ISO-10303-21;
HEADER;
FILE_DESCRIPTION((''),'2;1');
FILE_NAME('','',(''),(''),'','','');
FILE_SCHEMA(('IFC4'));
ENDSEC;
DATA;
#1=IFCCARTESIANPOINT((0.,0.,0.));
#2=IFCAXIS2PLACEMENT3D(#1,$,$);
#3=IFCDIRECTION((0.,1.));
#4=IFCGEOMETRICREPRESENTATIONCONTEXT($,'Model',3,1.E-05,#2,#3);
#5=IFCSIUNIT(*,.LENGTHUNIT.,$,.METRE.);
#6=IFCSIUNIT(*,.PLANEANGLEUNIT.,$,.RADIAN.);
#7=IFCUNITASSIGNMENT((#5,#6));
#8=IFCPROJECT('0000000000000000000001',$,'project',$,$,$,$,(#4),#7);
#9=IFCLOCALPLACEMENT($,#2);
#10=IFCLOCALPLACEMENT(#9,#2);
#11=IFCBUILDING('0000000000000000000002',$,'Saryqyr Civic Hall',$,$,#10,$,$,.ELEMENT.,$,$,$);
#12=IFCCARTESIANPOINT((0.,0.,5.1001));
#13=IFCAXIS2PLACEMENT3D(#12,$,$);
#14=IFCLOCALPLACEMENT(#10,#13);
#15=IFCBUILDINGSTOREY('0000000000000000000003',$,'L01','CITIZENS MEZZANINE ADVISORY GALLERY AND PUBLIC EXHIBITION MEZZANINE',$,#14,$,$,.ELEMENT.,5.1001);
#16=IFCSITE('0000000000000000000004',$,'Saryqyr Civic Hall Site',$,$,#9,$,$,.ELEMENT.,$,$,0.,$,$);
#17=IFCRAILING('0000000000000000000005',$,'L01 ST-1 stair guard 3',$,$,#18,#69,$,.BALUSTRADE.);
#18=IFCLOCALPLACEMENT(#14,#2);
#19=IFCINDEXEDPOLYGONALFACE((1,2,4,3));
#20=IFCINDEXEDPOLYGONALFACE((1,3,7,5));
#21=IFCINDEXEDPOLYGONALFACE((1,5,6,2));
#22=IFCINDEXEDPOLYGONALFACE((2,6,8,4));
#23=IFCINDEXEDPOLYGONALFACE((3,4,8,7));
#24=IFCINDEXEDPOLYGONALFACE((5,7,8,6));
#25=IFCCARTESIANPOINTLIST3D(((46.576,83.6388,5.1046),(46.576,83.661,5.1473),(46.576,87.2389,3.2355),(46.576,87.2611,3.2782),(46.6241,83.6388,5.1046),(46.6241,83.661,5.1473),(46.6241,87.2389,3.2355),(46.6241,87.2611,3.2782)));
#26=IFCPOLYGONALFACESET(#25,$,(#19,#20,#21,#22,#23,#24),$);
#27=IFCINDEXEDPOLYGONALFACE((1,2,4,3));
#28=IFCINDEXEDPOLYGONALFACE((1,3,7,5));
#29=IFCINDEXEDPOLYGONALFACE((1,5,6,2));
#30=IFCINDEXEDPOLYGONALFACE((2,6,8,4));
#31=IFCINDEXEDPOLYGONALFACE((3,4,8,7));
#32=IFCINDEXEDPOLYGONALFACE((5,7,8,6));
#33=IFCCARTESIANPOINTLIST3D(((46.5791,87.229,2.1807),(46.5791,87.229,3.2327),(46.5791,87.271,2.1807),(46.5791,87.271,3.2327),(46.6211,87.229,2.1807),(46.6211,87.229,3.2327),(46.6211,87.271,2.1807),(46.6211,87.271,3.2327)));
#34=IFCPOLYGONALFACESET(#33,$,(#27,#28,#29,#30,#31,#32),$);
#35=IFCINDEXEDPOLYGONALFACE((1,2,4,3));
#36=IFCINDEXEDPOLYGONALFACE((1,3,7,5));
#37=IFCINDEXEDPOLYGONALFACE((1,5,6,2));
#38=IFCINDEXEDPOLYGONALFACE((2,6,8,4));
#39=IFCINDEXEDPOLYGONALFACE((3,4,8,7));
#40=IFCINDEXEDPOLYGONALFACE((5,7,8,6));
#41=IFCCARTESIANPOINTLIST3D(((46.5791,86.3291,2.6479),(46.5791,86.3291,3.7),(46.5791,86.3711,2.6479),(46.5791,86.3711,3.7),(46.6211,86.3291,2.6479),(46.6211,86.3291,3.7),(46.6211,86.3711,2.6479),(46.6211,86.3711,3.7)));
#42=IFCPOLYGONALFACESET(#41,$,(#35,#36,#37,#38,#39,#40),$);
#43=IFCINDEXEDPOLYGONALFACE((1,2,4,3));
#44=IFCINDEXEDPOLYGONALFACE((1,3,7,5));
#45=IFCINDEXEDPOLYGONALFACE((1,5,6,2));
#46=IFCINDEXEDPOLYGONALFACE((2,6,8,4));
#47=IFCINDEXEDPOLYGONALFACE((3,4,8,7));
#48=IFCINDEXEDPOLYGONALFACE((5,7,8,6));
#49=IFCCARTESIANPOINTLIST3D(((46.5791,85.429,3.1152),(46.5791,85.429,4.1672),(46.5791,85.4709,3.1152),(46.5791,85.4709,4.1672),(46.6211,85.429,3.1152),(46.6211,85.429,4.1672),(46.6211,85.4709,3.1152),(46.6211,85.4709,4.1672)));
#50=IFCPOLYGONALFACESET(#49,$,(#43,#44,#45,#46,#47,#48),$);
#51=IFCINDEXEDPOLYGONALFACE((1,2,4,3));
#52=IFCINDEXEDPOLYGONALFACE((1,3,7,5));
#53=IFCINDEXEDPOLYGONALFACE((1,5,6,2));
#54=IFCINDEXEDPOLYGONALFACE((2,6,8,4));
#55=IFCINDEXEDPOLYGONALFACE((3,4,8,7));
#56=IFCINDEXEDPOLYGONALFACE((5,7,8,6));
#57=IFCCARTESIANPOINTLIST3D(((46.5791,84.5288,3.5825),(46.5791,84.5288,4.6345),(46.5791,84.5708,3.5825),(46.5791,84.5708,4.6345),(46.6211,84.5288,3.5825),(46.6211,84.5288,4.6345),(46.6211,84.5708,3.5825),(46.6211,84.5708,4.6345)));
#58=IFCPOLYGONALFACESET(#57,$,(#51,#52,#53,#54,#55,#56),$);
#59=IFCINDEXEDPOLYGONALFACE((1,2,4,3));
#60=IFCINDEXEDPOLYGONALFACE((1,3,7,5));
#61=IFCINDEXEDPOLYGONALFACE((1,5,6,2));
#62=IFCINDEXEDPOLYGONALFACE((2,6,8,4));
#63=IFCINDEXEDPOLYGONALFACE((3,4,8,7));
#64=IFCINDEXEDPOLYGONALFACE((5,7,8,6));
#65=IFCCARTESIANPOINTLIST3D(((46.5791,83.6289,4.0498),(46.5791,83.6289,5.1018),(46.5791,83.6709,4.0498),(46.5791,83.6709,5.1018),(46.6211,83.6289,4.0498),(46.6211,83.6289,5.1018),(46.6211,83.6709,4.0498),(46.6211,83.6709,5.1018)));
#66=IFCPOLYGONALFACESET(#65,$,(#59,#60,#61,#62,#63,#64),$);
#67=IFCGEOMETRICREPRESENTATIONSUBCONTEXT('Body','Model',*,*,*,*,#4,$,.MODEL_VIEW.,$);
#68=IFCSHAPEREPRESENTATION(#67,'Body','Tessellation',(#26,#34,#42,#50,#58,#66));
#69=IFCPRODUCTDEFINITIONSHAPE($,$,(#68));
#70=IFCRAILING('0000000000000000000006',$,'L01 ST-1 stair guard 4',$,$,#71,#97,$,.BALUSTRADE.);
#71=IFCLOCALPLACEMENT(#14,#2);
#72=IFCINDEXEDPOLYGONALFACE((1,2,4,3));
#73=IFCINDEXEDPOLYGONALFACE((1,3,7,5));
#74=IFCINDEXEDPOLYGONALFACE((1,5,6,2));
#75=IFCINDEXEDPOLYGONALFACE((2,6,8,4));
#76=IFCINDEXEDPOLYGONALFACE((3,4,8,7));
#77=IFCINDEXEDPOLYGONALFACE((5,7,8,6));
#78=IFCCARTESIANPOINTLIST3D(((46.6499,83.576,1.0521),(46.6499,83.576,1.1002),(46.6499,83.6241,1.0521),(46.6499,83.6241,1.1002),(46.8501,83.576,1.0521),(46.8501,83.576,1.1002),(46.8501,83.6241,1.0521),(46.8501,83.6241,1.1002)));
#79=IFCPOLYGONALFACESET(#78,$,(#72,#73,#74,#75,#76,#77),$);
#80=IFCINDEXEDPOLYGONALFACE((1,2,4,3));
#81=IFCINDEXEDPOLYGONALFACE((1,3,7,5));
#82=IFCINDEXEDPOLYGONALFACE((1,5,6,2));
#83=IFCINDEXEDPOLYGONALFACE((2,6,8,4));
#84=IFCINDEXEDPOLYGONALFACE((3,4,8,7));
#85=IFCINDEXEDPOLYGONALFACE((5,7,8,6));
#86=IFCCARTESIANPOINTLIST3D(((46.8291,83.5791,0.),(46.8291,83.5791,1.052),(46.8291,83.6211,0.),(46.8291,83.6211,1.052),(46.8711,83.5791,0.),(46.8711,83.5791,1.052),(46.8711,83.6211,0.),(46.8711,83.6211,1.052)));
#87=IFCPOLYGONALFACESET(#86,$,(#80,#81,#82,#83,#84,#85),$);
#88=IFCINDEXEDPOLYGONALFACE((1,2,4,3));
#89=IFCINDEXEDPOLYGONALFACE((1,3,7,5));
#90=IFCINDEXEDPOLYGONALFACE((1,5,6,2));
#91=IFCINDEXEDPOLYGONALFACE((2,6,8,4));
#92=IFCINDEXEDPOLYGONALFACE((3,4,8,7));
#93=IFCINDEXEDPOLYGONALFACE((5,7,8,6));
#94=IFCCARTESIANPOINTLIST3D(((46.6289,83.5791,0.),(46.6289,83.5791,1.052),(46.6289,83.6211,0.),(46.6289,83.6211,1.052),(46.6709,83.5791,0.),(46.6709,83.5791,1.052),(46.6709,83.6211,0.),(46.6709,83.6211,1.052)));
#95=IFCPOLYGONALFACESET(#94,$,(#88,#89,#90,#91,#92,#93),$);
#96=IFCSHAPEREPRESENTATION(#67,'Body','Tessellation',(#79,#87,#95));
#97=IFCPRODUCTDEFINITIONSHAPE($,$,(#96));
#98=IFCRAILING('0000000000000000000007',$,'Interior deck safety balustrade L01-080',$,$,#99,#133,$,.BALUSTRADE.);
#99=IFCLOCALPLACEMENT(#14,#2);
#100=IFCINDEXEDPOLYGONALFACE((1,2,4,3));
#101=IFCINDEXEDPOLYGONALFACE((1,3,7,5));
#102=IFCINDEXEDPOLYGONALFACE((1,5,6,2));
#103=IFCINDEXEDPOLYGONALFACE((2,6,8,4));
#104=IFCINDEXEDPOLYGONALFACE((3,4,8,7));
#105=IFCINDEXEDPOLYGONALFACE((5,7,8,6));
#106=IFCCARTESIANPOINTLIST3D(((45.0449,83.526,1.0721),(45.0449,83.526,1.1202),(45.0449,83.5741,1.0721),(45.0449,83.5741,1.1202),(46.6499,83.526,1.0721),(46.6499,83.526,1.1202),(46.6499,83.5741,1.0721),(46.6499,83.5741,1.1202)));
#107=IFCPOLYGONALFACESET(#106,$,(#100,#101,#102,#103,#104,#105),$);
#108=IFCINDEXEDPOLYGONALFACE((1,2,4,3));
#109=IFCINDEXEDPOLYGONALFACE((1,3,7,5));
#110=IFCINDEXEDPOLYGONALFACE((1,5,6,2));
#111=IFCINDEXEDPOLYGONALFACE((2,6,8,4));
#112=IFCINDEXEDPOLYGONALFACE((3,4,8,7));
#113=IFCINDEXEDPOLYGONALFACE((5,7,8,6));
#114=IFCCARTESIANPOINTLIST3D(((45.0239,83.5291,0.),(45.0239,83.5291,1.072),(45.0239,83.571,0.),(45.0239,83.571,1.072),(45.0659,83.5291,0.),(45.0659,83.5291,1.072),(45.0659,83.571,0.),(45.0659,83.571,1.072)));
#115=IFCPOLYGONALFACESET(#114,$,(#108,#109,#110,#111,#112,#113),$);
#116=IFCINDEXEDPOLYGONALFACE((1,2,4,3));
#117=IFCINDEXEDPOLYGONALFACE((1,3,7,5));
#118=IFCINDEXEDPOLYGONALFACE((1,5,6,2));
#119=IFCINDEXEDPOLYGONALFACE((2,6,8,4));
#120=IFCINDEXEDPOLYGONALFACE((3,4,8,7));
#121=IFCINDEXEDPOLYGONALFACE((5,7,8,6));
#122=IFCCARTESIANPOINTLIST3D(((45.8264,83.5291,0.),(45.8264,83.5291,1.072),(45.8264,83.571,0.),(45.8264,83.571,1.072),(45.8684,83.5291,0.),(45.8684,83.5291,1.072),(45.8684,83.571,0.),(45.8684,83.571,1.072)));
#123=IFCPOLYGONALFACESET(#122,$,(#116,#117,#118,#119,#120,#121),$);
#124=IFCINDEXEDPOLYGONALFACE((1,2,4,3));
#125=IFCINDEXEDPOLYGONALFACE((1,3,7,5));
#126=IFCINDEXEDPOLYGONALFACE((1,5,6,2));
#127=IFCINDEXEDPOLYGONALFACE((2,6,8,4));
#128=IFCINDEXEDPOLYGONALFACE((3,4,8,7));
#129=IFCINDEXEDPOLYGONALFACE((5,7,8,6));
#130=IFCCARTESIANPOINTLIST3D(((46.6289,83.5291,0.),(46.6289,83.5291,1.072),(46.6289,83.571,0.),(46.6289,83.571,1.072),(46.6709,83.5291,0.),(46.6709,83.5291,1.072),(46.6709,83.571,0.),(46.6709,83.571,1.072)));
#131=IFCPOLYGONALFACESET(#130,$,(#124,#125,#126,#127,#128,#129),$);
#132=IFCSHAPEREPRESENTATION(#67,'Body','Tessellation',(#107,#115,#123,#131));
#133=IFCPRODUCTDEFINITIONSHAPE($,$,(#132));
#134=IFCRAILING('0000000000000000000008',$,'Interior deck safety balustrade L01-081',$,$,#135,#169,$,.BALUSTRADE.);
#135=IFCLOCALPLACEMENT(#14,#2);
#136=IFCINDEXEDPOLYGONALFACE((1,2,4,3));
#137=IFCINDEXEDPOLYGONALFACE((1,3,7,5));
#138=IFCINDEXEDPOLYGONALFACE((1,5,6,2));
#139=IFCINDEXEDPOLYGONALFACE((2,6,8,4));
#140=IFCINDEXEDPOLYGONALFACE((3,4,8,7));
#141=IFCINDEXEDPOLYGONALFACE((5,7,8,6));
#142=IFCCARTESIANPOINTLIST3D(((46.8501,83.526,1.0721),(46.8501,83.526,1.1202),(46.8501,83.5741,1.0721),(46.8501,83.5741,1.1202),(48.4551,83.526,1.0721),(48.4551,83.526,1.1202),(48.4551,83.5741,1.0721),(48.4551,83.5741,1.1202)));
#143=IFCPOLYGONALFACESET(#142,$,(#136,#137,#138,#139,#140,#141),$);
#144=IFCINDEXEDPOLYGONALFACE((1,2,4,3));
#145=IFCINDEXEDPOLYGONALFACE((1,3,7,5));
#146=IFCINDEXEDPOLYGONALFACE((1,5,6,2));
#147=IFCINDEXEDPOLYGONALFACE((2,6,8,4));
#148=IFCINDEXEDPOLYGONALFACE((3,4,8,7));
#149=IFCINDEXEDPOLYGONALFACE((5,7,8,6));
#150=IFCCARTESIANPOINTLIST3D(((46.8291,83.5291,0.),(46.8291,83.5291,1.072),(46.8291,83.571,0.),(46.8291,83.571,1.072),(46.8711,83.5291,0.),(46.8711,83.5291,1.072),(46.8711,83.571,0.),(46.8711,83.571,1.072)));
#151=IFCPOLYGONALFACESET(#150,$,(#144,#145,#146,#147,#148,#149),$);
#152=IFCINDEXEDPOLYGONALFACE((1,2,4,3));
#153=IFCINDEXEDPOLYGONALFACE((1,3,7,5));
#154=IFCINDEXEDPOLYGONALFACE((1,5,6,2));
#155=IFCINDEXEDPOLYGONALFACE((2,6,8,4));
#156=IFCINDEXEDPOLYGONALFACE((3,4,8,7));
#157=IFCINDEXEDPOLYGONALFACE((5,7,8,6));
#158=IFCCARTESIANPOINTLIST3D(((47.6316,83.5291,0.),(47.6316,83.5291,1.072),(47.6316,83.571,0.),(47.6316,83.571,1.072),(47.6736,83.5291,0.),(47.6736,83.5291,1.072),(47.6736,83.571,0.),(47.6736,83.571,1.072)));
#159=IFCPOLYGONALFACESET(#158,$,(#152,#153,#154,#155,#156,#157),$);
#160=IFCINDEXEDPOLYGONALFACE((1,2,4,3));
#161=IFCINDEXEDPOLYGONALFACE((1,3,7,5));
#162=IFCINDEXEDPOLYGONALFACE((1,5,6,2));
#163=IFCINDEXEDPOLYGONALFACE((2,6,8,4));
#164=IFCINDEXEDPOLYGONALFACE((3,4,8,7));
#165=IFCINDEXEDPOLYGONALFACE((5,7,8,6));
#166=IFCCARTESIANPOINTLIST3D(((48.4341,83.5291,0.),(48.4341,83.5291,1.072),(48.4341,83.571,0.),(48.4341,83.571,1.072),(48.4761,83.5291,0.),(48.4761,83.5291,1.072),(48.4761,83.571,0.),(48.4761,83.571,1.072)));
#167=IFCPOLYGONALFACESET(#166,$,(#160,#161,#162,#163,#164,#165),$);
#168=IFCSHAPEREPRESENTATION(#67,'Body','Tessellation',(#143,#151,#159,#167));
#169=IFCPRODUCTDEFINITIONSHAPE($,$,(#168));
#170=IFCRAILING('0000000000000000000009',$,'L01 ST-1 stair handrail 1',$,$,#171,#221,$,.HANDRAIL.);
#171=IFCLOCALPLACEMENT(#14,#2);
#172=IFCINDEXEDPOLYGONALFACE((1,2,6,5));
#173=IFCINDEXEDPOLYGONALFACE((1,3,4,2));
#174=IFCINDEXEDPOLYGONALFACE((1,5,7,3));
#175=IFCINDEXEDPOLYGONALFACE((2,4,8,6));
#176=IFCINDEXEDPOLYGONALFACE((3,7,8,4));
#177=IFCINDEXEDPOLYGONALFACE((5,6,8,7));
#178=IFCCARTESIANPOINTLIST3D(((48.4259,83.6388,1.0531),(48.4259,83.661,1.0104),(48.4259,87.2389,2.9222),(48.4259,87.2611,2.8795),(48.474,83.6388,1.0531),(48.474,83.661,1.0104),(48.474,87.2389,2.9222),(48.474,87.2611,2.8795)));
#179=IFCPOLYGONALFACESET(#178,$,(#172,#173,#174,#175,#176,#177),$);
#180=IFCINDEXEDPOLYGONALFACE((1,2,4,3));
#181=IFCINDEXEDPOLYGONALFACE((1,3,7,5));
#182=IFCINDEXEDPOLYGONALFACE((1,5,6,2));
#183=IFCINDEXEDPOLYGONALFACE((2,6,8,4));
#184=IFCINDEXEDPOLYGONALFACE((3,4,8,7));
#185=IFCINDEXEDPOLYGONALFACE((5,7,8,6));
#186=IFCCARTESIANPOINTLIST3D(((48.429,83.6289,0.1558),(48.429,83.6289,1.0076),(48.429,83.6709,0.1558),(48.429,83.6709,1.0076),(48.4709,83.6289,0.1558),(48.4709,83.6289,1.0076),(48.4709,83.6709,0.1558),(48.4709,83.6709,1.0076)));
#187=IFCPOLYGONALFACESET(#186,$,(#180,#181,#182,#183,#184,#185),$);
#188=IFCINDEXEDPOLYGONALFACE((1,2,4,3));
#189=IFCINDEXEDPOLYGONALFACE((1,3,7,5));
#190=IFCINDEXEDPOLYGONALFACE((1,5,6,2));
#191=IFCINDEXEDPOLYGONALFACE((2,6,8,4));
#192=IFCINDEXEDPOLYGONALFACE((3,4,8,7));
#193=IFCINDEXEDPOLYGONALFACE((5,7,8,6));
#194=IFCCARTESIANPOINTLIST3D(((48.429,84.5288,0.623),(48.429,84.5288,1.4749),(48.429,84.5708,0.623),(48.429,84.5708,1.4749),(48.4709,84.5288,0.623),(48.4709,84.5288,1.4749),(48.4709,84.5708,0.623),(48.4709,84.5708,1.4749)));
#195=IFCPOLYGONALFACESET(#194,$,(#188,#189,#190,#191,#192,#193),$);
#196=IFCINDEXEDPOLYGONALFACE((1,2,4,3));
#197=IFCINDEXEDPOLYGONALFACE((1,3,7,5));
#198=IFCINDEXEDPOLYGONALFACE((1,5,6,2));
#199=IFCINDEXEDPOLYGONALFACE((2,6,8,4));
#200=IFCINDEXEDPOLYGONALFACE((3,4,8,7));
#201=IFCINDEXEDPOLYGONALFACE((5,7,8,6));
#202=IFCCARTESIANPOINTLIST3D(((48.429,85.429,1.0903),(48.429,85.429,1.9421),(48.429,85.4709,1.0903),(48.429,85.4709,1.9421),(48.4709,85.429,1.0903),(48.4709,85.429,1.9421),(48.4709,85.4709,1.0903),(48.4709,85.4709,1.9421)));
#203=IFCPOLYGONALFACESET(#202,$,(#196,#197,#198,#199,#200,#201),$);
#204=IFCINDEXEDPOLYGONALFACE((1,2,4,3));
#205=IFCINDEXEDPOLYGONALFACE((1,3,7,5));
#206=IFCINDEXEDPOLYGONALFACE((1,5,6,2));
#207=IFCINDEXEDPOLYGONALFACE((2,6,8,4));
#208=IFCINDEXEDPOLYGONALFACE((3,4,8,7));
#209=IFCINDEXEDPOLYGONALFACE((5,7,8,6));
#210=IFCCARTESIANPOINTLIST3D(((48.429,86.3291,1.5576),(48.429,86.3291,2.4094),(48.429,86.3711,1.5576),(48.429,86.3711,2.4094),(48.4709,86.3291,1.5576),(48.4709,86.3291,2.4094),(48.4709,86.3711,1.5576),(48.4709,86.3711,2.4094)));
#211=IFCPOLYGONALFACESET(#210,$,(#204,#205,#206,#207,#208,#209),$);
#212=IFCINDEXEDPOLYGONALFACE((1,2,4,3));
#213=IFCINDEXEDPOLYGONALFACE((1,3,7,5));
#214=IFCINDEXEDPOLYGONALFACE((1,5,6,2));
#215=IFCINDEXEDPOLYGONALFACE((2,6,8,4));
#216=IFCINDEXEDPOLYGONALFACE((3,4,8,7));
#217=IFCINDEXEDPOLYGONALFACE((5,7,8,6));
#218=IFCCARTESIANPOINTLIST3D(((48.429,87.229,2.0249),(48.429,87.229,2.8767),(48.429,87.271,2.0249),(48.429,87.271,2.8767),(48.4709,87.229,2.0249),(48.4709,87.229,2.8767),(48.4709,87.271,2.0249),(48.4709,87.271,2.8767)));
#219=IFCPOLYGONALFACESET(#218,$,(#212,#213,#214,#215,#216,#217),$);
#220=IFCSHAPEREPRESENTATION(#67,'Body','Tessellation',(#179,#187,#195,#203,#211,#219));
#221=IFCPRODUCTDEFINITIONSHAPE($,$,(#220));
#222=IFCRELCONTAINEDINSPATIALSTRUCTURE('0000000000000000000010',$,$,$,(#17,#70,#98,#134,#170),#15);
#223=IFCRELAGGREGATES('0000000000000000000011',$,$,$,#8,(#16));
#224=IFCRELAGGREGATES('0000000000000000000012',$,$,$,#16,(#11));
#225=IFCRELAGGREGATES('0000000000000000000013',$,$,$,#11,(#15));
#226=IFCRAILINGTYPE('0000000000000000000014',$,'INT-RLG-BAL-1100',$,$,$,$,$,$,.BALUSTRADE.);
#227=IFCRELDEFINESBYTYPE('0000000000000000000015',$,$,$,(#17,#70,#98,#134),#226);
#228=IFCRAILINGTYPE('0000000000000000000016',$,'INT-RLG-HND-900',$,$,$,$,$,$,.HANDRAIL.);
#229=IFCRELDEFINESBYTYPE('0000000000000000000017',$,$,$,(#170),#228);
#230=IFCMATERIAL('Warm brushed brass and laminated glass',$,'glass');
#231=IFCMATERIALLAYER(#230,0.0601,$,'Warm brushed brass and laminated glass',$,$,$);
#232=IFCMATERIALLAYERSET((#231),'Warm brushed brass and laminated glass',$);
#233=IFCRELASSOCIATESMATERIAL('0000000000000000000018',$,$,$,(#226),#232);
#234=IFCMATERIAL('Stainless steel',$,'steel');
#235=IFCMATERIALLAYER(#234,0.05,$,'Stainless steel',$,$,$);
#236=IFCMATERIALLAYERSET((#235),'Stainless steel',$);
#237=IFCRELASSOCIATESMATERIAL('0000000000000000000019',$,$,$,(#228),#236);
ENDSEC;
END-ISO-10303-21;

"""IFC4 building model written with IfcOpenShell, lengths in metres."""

from ifc_helpers import new_model, si_unit, direction, frame, origin, origin_2d, place, context, subcontext, project, spatial, rectangle, extrude, material, layer, layer_set, type_object, element, save


model = new_model("IFC4")

# Units and contexts
model_context = context("Model", 3, precision=1e-05, world=origin(), true_north=direction((0.0, 1.0)))
body_context = subcontext(model_context, "Body", "Model", "MODEL_VIEW")
ifc_project = project(units=[si_unit("LENGTHUNIT", "METRE"), si_unit("PLANEANGLEUNIT", "RADIAN")], contexts=[model_context])

# Site, building, storey
site_placement = place(None, origin())
site = spatial("IfcSite", under=ifc_project, at=site_placement, Name="Saryqyr Civic Hall Site", CompositionType="ELEMENT", RefElevation=0.0)
building_placement = place(site_placement, origin())
building = spatial("IfcBuilding", under=site, at=building_placement, Name="Saryqyr Civic Hall", CompositionType="ELEMENT")
storey_placement = place(building_placement, frame((0.0, 0.0, 5.1001)))
storey = spatial("IfcBuildingStorey", under=building, at=storey_placement, Name="L01", Description="CITIZENS MEZZANINE ADVISORY GALLERY AND PUBLIC EXHIBITION MEZZANINE", CompositionType="ELEMENT", Elevation=5.1001)

# Railings
ifc_material_1 = material(Name="Warm brushed brass and laminated glass", Category="glass")
ifc_layer_1 = layer(ifc_material_1, 0.0601, Name="Warm brushed brass and laminated glass")
ifc_layer_set_1 = layer_set([ifc_layer_1], Name="Warm brushed brass and laminated glass")
railing_type_1 = type_object("IfcRailingType", Name="INT-RLG-BAL-1100", PredefinedType="BALUSTRADE", material=ifc_layer_set_1)
railing_1_placement = place(storey_placement, frame((46.6001, 87.25, 2.1807)))
element("IfcRailing", 1, at=railing_1_placement, inside=storey, type_object=railing_type_1, Name="L01 ST-1 stair guard 3", PredefinedType="BALUSTRADE", context=body_context, shape_type="SweptSolid", body=[
    extrude(rectangle(XDim=0.0481, YDim=0.0481, at=origin_2d()), frame((0.0, 0.0, 1.0762), z_axis=(0.0, -0.88751, 0.460788), x_axis=(1.0, 0.0, 0.0)), (0.0, 0.0, 1.0), 4.0564),
    extrude(rectangle(XDim=0.042, YDim=0.042, at=origin_2d()), origin(), (0.0, 0.0, 1.0), 1.052),
    extrude(rectangle(XDim=0.042, YDim=0.042, at=origin_2d()), frame((0.0, -0.8999, 0.4673)), (0.0, 0.0, 1.0), 1.052),
    extrude(rectangle(XDim=0.042, YDim=0.042, at=origin_2d()), frame((0.0, -1.8, 0.9346)), (0.0, 0.0, 1.0), 1.052),
    extrude(rectangle(XDim=0.042, YDim=0.042, at=origin_2d()), frame((0.0, -2.7002, 1.4019)), (0.0, 0.0, 1.0), 1.052),
    extrude(rectangle(XDim=0.042, YDim=0.042, at=origin_2d()), frame((0.0, -3.6001, 1.8691)), (0.0, 0.0, 1.0), 1.052),
])
railing_2_placement = place(storey_placement, frame((46.8501, 83.6001, 0.0)))
element("IfcRailing", 2, at=railing_2_placement, inside=storey, type_object=railing_type_1, Name="L01 ST-1 stair guard 4", PredefinedType="BALUSTRADE", context=body_context, shape_type="SweptSolid", body=[
    extrude(rectangle(XDim=0.0481, YDim=0.0481, at=origin_2d()), frame((0.0, 0.0, 1.0762), z_axis=(-1.0, 0.0, 0.0), x_axis=(0.0, -1.0, 0.0)), (0.0, 0.0, 1.0), 0.2002),
    extrude(rectangle(XDim=0.042, YDim=0.042, at=origin_2d()), origin(), (0.0, 0.0, 1.0), 1.052),
    extrude(rectangle(XDim=0.042, YDim=0.042, at=origin_2d()), frame((-0.2002, 0.0, 0.0)), (0.0, 0.0, 1.0), 1.052),
])
for number, where, name in (
    (3, (45.0449, 83.55, 0.0), "Interior deck safety balustrade L01-080"),
    (4, (46.8501, 83.55, 0.0), "Interior deck safety balustrade L01-081"),
):
    element("IfcRailing", number, at=place(storey_placement, frame(where)), inside=storey, type_object=railing_type_1, Name=name, PredefinedType="BALUSTRADE", context=body_context, shape_type="SweptSolid", body=[
        extrude(rectangle(XDim=0.0481, YDim=0.0481, at=origin_2d()), frame((0.0, 0.0, 1.0962), z_axis=(1.0, 0.0, 0.0), x_axis=(0.0, 1.0, 0.0)), (0.0, 0.0, 1.0), 1.605),
        extrude(rectangle(XDim=0.042, YDim=0.042, at=origin_2d()), origin(), (0.0, 0.0, 1.0), 1.072),
        extrude(rectangle(XDim=0.042, YDim=0.042, at=origin_2d()), frame((0.8025, 0.0, 0.0)), (0.0, 0.0, 1.0), 1.072),
        extrude(rectangle(XDim=0.042, YDim=0.042, at=origin_2d()), frame((1.605, 0.0, 0.0)), (0.0, 0.0, 1.0), 1.072),
    ])
ifc_material_2 = material(Name="Stainless steel", Category="steel")
ifc_layer_2 = layer(ifc_material_2, 0.05, Name="Stainless steel")
ifc_layer_set_2 = layer_set([ifc_layer_2], Name="Stainless steel")
railing_type_2 = type_object("IfcRailingType", Name="INT-RLG-HND-900", PredefinedType="HANDRAIL", material=ifc_layer_set_2)
railing_3_placement = place(storey_placement, frame((48.45, 83.6499, 0.1558)))
element("IfcRailing", 5, at=railing_3_placement, inside=storey, type_object=railing_type_2, Name="L01 ST-1 stair handrail 1", PredefinedType="HANDRAIL", context=body_context, shape_type="SweptSolid", body=[
    extrude(rectangle(XDim=0.0481, YDim=0.0481, at=origin_2d()), frame((0.0, 0.0, 0.876), z_axis=(0.0, 0.88751, 0.460788), x_axis=(-1.0, 0.0, 0.0)), (0.0, 0.0, 1.0), 4.0564),
    extrude(rectangle(XDim=0.042, YDim=0.042, at=origin_2d()), origin(), (0.0, 0.0, 1.0), 0.8518),
    extrude(rectangle(XDim=0.042, YDim=0.042, at=origin_2d()), frame((0.0, 0.8999, 0.4673)), (0.0, 0.0, 1.0), 0.8518),
    extrude(rectangle(XDim=0.042, YDim=0.042, at=origin_2d()), frame((0.0, 1.8, 0.9346)), (0.0, 0.0, 1.0), 0.8518),
    extrude(rectangle(XDim=0.042, YDim=0.042, at=origin_2d()), frame((0.0, 2.7002, 1.4019)), (0.0, 0.0, 1.0), 0.8518),
    extrude(rectangle(XDim=0.042, YDim=0.042, at=origin_2d()), frame((0.0, 3.6001, 1.8691)), (0.0, 0.0, 1.0), 0.8518),
])

save(model, "model.ifc")
